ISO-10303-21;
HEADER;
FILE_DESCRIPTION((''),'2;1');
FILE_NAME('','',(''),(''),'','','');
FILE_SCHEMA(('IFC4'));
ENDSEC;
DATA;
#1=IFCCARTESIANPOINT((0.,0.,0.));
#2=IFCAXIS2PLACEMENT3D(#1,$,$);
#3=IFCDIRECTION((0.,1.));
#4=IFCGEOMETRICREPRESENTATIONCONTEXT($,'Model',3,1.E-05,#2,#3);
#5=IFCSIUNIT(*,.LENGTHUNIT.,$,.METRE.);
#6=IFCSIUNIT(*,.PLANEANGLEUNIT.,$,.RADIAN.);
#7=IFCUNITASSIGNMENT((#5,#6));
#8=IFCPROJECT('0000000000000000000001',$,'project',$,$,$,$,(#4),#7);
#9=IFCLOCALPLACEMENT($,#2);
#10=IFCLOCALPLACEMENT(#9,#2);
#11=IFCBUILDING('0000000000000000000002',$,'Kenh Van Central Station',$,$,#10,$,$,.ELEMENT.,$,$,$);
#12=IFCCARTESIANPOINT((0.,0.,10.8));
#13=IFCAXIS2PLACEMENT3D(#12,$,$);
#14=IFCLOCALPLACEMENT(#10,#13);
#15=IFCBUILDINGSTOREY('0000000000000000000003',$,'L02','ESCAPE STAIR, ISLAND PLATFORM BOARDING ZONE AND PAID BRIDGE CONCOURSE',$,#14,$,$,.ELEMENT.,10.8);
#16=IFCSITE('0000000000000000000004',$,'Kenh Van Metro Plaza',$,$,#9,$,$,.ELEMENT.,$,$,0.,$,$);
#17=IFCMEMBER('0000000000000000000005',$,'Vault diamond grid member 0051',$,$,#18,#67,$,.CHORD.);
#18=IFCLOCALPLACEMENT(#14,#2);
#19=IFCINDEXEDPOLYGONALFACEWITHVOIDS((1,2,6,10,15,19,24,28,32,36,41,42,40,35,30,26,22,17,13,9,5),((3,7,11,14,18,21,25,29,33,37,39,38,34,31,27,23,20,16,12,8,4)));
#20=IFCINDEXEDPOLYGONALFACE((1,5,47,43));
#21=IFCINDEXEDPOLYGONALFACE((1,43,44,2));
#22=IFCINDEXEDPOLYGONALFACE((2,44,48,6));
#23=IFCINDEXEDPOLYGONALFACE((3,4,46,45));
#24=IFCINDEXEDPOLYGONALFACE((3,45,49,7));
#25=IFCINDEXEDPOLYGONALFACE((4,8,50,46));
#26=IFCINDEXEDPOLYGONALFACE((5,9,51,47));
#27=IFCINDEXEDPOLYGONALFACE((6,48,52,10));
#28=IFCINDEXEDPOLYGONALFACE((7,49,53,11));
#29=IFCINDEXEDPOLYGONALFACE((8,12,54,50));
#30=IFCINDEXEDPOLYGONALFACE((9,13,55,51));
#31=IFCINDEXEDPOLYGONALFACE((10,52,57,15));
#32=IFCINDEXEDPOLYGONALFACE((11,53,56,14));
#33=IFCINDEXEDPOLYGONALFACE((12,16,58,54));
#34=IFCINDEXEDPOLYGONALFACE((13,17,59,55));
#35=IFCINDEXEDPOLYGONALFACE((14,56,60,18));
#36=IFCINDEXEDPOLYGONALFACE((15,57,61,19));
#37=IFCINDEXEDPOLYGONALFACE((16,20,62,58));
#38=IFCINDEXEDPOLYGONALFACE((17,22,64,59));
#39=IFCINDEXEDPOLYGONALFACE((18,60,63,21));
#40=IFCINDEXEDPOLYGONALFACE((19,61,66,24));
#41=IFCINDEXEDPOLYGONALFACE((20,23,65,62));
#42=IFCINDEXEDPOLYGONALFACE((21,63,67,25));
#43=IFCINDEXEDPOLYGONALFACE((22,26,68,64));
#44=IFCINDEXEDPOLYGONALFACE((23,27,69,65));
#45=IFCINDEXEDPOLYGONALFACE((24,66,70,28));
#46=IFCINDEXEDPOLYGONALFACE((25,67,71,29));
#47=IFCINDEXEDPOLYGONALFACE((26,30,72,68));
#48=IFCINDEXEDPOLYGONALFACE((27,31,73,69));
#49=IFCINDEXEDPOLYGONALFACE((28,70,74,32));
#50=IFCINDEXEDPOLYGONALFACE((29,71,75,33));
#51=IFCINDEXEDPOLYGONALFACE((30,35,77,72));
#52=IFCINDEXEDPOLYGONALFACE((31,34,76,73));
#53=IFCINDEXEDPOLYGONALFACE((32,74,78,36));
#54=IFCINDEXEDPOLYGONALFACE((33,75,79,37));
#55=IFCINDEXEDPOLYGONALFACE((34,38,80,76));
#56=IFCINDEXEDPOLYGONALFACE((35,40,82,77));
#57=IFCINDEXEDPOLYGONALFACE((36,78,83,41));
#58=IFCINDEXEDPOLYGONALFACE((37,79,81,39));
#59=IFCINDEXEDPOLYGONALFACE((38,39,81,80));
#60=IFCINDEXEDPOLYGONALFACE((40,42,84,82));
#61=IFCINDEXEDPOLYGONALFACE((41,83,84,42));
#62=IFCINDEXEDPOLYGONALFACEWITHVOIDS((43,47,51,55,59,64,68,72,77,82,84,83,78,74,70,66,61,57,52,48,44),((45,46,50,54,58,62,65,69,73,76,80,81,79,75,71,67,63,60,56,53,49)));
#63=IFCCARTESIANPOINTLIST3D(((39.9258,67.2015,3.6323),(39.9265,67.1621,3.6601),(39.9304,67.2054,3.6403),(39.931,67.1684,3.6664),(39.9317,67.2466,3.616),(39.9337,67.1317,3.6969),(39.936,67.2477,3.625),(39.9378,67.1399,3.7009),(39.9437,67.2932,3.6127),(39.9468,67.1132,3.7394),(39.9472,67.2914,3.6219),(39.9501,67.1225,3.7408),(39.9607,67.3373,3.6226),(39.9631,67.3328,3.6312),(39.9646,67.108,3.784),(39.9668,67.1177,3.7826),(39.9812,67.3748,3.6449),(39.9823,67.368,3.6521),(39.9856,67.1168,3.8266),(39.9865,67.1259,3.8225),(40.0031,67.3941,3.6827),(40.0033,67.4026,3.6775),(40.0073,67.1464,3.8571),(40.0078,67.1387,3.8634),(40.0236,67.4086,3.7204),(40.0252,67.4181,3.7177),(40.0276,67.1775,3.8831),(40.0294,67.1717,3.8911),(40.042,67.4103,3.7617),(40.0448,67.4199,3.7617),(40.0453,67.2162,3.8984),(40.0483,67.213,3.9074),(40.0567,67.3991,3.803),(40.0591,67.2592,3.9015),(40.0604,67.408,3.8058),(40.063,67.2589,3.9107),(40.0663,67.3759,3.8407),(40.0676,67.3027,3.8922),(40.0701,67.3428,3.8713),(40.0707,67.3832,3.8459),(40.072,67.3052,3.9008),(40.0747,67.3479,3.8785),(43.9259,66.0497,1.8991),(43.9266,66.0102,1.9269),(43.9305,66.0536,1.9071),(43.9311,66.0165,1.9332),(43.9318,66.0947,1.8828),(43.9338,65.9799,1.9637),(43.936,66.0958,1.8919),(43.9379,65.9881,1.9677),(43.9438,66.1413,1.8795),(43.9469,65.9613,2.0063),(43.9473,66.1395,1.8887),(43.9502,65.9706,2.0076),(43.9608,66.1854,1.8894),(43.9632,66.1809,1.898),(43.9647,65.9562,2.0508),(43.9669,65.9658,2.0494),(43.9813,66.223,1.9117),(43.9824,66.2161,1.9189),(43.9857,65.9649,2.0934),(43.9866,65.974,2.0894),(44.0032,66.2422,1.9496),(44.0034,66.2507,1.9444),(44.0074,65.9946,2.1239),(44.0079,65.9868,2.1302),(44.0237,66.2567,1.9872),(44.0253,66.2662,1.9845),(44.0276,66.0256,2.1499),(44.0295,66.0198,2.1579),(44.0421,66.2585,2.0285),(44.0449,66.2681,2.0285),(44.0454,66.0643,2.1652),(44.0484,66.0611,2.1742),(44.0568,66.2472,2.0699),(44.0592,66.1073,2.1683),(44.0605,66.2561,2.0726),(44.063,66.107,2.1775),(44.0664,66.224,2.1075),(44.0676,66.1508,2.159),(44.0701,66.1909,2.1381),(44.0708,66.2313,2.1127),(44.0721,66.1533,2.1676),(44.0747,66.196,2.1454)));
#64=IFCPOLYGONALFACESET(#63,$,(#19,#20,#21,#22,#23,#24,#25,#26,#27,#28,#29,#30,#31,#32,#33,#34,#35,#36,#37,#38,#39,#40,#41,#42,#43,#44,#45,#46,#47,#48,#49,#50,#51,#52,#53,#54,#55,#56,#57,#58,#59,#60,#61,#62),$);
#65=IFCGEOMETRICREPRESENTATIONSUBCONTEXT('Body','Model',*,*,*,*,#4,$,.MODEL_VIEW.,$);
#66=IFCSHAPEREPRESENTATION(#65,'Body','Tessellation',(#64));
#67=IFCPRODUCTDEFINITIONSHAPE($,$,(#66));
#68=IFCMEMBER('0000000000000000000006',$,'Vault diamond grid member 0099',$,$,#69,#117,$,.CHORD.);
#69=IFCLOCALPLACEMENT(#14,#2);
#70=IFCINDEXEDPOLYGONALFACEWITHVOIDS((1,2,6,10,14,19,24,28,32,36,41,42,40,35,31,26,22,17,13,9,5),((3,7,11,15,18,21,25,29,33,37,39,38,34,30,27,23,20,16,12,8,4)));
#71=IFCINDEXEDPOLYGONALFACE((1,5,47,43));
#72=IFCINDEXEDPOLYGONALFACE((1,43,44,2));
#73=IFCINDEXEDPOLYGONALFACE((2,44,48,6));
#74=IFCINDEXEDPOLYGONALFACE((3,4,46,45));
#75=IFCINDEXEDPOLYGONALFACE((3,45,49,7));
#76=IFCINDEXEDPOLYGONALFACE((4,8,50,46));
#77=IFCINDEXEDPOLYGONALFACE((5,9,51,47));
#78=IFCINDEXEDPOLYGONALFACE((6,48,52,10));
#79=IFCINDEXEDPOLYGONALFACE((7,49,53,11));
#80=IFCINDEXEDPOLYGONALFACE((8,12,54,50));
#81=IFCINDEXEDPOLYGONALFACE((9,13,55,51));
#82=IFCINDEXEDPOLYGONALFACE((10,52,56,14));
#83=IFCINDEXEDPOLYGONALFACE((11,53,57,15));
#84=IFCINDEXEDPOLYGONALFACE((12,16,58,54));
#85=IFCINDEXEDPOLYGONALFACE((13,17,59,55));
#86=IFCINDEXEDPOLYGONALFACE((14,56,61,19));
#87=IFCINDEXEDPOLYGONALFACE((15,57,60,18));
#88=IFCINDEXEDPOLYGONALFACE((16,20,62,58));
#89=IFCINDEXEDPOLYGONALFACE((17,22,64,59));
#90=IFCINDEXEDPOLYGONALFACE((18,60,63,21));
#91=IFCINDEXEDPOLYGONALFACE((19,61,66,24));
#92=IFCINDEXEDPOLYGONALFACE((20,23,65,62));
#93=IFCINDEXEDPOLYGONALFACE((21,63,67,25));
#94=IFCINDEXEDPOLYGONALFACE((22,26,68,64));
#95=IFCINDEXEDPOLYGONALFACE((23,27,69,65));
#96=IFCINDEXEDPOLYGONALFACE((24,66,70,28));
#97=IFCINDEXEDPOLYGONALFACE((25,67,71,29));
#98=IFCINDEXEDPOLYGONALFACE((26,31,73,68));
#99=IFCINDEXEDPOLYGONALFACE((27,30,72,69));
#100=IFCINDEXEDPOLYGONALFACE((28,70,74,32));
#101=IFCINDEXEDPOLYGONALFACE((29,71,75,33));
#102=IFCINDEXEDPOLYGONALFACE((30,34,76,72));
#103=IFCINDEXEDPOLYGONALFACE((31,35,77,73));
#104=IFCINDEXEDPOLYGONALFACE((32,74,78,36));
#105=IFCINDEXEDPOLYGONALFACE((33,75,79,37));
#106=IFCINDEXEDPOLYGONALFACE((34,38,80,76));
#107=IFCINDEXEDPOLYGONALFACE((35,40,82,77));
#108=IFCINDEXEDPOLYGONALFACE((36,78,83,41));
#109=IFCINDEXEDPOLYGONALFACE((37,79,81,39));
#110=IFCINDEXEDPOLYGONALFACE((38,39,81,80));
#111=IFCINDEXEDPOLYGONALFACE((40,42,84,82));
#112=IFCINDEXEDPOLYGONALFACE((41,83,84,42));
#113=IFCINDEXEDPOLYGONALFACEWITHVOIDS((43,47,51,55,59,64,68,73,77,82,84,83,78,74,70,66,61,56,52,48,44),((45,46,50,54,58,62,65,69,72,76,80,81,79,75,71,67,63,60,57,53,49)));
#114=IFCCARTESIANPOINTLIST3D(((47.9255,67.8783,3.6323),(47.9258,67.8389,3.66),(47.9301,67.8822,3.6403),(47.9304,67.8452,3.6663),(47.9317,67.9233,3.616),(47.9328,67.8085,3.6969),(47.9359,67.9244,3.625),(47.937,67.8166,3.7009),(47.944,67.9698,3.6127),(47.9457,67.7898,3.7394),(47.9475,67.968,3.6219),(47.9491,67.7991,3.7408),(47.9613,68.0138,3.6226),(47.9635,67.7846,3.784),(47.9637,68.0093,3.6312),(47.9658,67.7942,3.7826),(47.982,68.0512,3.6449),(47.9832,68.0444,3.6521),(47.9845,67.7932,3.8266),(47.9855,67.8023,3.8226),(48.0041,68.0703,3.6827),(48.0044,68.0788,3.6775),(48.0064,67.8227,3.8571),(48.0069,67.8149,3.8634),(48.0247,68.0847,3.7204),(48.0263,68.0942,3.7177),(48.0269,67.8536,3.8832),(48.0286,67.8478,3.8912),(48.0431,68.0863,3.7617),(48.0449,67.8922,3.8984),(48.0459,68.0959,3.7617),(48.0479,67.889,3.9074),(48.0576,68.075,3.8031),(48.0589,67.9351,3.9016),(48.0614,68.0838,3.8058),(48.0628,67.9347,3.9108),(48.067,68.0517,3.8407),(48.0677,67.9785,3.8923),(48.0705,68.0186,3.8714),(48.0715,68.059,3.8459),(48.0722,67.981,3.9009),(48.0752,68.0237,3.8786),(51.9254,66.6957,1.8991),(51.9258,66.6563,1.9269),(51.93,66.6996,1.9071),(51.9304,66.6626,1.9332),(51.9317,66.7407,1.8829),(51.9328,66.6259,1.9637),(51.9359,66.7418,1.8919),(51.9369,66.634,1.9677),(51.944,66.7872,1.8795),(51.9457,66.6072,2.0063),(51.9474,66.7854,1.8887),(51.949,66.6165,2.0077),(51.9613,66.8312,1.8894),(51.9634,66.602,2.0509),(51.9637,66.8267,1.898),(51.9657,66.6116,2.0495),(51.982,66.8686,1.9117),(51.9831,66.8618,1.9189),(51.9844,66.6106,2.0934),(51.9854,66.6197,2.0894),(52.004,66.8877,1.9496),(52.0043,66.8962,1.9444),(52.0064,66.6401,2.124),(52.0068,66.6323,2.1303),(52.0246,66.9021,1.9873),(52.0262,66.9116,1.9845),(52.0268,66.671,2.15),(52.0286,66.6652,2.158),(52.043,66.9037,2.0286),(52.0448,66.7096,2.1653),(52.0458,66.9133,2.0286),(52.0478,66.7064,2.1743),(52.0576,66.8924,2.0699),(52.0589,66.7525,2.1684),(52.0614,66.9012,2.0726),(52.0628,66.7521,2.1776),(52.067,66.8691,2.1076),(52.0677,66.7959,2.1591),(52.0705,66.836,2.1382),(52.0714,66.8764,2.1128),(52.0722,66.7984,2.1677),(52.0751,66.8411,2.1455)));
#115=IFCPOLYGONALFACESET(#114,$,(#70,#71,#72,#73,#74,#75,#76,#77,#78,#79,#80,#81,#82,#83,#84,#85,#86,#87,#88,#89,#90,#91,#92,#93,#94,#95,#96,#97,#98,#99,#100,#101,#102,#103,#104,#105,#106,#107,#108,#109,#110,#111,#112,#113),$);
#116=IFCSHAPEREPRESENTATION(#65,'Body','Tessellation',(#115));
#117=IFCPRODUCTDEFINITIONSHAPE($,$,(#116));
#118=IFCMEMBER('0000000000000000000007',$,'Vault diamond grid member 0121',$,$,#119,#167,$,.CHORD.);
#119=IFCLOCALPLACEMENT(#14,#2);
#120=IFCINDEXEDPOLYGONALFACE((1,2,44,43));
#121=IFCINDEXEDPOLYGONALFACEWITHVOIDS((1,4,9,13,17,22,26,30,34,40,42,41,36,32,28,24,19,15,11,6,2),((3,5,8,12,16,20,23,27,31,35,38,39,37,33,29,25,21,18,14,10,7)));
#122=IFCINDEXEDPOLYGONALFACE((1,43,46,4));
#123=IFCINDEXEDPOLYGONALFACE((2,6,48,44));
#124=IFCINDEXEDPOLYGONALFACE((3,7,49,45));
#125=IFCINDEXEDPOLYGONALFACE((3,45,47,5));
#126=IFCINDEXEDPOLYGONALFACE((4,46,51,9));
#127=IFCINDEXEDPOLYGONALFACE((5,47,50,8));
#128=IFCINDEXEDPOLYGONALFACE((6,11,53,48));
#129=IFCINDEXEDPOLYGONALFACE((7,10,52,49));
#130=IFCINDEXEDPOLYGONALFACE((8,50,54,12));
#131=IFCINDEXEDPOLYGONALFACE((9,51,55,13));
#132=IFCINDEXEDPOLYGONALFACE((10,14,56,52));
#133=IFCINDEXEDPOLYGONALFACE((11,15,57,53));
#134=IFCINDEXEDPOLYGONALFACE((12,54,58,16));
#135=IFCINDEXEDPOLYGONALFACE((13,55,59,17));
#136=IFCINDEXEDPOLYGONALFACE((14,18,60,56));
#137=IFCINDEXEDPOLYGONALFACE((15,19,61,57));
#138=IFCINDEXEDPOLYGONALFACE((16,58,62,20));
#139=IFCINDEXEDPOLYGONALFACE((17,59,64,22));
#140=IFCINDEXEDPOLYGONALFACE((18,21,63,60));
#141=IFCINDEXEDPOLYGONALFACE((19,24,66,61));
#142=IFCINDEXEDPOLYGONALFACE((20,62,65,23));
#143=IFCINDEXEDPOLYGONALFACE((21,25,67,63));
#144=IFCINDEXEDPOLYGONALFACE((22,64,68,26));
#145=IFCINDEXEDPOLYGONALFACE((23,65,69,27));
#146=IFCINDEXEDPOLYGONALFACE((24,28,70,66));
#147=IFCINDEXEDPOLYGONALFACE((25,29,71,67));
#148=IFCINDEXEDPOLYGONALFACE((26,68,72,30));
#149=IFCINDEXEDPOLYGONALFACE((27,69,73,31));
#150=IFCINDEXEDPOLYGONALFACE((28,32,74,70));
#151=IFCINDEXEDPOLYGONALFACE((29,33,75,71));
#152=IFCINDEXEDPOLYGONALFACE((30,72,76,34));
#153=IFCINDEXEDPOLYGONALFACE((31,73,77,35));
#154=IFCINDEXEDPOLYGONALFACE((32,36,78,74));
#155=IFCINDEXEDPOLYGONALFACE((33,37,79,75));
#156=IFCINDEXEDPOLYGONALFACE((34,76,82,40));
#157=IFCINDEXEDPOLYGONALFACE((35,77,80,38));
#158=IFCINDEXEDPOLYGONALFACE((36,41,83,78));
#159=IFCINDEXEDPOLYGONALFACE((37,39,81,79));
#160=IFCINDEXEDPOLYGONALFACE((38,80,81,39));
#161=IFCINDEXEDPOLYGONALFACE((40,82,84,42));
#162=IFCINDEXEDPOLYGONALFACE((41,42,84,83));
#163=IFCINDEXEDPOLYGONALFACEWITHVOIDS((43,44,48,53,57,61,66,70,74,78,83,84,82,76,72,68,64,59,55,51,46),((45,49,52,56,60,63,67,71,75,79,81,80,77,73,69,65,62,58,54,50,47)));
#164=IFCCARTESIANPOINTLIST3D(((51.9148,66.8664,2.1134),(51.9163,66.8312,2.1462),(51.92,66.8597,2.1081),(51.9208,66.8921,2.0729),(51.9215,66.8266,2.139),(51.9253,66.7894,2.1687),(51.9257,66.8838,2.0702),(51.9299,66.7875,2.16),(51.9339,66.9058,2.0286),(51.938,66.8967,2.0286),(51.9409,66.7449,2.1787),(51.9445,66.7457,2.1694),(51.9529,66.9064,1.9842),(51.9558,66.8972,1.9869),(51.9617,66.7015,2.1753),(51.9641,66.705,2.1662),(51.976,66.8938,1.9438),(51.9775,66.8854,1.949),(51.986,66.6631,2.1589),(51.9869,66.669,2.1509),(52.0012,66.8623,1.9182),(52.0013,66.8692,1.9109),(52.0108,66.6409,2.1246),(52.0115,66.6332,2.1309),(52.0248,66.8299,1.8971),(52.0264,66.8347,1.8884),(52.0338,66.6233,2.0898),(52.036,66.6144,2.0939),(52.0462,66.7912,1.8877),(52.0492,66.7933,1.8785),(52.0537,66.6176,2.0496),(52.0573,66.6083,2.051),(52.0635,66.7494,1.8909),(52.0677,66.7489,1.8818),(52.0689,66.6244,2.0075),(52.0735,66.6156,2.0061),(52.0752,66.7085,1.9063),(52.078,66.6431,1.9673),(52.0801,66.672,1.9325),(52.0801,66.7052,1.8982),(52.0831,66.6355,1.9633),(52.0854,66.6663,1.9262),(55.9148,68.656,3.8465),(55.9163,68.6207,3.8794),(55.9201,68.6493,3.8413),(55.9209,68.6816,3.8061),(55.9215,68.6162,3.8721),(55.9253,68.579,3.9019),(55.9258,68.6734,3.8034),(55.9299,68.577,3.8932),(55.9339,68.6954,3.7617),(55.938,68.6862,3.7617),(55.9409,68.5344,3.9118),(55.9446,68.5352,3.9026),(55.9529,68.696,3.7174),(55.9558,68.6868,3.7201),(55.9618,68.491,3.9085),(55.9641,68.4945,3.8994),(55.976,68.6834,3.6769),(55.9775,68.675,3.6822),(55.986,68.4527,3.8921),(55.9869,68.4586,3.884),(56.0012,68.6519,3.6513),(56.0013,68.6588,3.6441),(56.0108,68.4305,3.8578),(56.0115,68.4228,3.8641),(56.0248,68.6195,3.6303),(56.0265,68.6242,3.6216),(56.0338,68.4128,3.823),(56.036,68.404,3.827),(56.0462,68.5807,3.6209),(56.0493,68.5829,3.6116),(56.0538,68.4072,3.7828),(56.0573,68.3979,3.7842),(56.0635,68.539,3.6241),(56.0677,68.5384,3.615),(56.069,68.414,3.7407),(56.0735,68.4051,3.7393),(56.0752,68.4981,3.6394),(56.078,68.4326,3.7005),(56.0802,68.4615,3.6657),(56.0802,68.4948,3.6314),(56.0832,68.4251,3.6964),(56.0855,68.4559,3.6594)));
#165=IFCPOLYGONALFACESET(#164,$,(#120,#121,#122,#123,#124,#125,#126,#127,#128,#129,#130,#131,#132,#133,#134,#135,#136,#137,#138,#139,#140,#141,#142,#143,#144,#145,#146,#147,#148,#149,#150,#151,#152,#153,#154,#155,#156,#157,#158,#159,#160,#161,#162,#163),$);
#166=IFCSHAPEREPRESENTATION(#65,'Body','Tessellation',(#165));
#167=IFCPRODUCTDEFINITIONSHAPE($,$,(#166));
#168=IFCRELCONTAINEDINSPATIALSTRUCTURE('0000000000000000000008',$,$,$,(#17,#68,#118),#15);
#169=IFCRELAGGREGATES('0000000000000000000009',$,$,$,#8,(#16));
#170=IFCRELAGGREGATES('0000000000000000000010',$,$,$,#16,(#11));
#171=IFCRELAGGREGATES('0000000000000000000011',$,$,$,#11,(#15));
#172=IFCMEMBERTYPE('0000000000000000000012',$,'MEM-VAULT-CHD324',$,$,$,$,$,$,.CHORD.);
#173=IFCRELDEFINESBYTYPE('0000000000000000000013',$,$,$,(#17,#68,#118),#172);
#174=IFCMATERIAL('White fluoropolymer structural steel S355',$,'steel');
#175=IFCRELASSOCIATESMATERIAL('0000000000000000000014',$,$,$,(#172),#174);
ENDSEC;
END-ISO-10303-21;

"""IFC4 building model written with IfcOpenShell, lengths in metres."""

from ifc_helpers import new_model, si_unit, direction, frame, origin, origin_2d, place, context, subcontext, project, spatial, hollow_circle, extrude, material, material_profile, profile_set, type_object, element, save


model = new_model("IFC4")

# Units and contexts
model_context = context("Model", 3, precision=1e-05, world=origin(), true_north=direction((0.0, 1.0)))
body_context = subcontext(model_context, "Body", "Model", "MODEL_VIEW")
ifc_project = project(units=[si_unit("LENGTHUNIT", "METRE"), si_unit("PLANEANGLEUNIT", "RADIAN")], contexts=[model_context])

# Site, building, storey
site_placement = place(None, origin())
site = spatial("IfcSite", under=ifc_project, at=site_placement, Name="Kenh Van Metro Plaza", CompositionType="ELEMENT", RefElevation=0.0)
building_placement = place(site_placement, origin())
building = spatial("IfcBuilding", under=site, at=building_placement, Name="Kenh Van Central Station", CompositionType="ELEMENT")
storey_placement = place(building_placement, frame((0.0, 0.0, 10.8)))
storey = spatial("IfcBuildingStorey", under=building, at=storey_placement, Name="L02", Description="ESCAPE STAIR, ISLAND PLATFORM BOARDING ZONE AND PAID BRIDGE CONCOURSE", CompositionType="ELEMENT", Elevation=10.8)

# Shared definitions
ifc_material_1 = material(Name="White fluoropolymer structural steel S355", Category="steel")

# Members
ifc_material_profile_1 = material_profile(ifc_material_1, hollow_circle(Radius=0.1619, WallThickness=0.01, at=origin_2d()), Name="CHS 323.9x10")
ifc_profile_set_1 = profile_set([ifc_material_profile_1], Name="White fluoropolymer structural steel S355")
member_type_1 = type_object("IfcMemberType", Name="MEM-VAULT-CHD324", PredefinedType="CHORD", material=ifc_profile_set_1)
member_1_placement = place(storey_placement, frame((40.0, 67.2644, 3.7617), z_axis=(0.887125, -0.25546, -0.384381), x_axis=(0.276719, 0.960951, 0.0)))
element("IfcMember", 1, at=member_1_placement, inside=storey, type_object=member_type_1, Name="Vault diamond grid member 0051", PredefinedType="CHORD", context=body_context, shape_type="SweptSolid", body=[
    extrude(hollow_circle(Radius=0.1619, WallThickness=0.01, at=origin_2d()), origin(), (0.0, 0.0, 1.0), 4.509),
])
member_2_placement = place(storey_placement, frame((48.0, 67.9407, 3.7617), z_axis=(0.885563, -0.26182, -0.383704), x_axis=(0.283522, 0.958966, 0.0)))
element("IfcMember", 2, at=member_2_placement, inside=storey, type_object=member_type_1, Name="Vault diamond grid member 0099", PredefinedType="CHORD", context=body_context, shape_type="SweptSolid", body=[
    extrude(hollow_circle(Radius=0.1619, WallThickness=0.01, at=origin_2d()), origin(), (0.0, 0.0, 1.0), 4.5168),
])
member_3_placement = place(storey_placement, frame((52.0, 66.7581, 2.0286), z_axis=(0.848832, 0.379757, 0.367789), x_axis=(-0.408381, 0.912812, 0.0)))
element("IfcMember", 3, at=member_3_placement, inside=storey, type_object=member_type_1, Name="Vault diamond grid member 0121", PredefinedType="CHORD", context=body_context, shape_type="SweptSolid", body=[
    extrude(hollow_circle(Radius=0.1619, WallThickness=0.01, at=origin_2d()), origin(), (0.0, 0.0, 1.0), 4.7124),
])

save(model, "model.ifc")
